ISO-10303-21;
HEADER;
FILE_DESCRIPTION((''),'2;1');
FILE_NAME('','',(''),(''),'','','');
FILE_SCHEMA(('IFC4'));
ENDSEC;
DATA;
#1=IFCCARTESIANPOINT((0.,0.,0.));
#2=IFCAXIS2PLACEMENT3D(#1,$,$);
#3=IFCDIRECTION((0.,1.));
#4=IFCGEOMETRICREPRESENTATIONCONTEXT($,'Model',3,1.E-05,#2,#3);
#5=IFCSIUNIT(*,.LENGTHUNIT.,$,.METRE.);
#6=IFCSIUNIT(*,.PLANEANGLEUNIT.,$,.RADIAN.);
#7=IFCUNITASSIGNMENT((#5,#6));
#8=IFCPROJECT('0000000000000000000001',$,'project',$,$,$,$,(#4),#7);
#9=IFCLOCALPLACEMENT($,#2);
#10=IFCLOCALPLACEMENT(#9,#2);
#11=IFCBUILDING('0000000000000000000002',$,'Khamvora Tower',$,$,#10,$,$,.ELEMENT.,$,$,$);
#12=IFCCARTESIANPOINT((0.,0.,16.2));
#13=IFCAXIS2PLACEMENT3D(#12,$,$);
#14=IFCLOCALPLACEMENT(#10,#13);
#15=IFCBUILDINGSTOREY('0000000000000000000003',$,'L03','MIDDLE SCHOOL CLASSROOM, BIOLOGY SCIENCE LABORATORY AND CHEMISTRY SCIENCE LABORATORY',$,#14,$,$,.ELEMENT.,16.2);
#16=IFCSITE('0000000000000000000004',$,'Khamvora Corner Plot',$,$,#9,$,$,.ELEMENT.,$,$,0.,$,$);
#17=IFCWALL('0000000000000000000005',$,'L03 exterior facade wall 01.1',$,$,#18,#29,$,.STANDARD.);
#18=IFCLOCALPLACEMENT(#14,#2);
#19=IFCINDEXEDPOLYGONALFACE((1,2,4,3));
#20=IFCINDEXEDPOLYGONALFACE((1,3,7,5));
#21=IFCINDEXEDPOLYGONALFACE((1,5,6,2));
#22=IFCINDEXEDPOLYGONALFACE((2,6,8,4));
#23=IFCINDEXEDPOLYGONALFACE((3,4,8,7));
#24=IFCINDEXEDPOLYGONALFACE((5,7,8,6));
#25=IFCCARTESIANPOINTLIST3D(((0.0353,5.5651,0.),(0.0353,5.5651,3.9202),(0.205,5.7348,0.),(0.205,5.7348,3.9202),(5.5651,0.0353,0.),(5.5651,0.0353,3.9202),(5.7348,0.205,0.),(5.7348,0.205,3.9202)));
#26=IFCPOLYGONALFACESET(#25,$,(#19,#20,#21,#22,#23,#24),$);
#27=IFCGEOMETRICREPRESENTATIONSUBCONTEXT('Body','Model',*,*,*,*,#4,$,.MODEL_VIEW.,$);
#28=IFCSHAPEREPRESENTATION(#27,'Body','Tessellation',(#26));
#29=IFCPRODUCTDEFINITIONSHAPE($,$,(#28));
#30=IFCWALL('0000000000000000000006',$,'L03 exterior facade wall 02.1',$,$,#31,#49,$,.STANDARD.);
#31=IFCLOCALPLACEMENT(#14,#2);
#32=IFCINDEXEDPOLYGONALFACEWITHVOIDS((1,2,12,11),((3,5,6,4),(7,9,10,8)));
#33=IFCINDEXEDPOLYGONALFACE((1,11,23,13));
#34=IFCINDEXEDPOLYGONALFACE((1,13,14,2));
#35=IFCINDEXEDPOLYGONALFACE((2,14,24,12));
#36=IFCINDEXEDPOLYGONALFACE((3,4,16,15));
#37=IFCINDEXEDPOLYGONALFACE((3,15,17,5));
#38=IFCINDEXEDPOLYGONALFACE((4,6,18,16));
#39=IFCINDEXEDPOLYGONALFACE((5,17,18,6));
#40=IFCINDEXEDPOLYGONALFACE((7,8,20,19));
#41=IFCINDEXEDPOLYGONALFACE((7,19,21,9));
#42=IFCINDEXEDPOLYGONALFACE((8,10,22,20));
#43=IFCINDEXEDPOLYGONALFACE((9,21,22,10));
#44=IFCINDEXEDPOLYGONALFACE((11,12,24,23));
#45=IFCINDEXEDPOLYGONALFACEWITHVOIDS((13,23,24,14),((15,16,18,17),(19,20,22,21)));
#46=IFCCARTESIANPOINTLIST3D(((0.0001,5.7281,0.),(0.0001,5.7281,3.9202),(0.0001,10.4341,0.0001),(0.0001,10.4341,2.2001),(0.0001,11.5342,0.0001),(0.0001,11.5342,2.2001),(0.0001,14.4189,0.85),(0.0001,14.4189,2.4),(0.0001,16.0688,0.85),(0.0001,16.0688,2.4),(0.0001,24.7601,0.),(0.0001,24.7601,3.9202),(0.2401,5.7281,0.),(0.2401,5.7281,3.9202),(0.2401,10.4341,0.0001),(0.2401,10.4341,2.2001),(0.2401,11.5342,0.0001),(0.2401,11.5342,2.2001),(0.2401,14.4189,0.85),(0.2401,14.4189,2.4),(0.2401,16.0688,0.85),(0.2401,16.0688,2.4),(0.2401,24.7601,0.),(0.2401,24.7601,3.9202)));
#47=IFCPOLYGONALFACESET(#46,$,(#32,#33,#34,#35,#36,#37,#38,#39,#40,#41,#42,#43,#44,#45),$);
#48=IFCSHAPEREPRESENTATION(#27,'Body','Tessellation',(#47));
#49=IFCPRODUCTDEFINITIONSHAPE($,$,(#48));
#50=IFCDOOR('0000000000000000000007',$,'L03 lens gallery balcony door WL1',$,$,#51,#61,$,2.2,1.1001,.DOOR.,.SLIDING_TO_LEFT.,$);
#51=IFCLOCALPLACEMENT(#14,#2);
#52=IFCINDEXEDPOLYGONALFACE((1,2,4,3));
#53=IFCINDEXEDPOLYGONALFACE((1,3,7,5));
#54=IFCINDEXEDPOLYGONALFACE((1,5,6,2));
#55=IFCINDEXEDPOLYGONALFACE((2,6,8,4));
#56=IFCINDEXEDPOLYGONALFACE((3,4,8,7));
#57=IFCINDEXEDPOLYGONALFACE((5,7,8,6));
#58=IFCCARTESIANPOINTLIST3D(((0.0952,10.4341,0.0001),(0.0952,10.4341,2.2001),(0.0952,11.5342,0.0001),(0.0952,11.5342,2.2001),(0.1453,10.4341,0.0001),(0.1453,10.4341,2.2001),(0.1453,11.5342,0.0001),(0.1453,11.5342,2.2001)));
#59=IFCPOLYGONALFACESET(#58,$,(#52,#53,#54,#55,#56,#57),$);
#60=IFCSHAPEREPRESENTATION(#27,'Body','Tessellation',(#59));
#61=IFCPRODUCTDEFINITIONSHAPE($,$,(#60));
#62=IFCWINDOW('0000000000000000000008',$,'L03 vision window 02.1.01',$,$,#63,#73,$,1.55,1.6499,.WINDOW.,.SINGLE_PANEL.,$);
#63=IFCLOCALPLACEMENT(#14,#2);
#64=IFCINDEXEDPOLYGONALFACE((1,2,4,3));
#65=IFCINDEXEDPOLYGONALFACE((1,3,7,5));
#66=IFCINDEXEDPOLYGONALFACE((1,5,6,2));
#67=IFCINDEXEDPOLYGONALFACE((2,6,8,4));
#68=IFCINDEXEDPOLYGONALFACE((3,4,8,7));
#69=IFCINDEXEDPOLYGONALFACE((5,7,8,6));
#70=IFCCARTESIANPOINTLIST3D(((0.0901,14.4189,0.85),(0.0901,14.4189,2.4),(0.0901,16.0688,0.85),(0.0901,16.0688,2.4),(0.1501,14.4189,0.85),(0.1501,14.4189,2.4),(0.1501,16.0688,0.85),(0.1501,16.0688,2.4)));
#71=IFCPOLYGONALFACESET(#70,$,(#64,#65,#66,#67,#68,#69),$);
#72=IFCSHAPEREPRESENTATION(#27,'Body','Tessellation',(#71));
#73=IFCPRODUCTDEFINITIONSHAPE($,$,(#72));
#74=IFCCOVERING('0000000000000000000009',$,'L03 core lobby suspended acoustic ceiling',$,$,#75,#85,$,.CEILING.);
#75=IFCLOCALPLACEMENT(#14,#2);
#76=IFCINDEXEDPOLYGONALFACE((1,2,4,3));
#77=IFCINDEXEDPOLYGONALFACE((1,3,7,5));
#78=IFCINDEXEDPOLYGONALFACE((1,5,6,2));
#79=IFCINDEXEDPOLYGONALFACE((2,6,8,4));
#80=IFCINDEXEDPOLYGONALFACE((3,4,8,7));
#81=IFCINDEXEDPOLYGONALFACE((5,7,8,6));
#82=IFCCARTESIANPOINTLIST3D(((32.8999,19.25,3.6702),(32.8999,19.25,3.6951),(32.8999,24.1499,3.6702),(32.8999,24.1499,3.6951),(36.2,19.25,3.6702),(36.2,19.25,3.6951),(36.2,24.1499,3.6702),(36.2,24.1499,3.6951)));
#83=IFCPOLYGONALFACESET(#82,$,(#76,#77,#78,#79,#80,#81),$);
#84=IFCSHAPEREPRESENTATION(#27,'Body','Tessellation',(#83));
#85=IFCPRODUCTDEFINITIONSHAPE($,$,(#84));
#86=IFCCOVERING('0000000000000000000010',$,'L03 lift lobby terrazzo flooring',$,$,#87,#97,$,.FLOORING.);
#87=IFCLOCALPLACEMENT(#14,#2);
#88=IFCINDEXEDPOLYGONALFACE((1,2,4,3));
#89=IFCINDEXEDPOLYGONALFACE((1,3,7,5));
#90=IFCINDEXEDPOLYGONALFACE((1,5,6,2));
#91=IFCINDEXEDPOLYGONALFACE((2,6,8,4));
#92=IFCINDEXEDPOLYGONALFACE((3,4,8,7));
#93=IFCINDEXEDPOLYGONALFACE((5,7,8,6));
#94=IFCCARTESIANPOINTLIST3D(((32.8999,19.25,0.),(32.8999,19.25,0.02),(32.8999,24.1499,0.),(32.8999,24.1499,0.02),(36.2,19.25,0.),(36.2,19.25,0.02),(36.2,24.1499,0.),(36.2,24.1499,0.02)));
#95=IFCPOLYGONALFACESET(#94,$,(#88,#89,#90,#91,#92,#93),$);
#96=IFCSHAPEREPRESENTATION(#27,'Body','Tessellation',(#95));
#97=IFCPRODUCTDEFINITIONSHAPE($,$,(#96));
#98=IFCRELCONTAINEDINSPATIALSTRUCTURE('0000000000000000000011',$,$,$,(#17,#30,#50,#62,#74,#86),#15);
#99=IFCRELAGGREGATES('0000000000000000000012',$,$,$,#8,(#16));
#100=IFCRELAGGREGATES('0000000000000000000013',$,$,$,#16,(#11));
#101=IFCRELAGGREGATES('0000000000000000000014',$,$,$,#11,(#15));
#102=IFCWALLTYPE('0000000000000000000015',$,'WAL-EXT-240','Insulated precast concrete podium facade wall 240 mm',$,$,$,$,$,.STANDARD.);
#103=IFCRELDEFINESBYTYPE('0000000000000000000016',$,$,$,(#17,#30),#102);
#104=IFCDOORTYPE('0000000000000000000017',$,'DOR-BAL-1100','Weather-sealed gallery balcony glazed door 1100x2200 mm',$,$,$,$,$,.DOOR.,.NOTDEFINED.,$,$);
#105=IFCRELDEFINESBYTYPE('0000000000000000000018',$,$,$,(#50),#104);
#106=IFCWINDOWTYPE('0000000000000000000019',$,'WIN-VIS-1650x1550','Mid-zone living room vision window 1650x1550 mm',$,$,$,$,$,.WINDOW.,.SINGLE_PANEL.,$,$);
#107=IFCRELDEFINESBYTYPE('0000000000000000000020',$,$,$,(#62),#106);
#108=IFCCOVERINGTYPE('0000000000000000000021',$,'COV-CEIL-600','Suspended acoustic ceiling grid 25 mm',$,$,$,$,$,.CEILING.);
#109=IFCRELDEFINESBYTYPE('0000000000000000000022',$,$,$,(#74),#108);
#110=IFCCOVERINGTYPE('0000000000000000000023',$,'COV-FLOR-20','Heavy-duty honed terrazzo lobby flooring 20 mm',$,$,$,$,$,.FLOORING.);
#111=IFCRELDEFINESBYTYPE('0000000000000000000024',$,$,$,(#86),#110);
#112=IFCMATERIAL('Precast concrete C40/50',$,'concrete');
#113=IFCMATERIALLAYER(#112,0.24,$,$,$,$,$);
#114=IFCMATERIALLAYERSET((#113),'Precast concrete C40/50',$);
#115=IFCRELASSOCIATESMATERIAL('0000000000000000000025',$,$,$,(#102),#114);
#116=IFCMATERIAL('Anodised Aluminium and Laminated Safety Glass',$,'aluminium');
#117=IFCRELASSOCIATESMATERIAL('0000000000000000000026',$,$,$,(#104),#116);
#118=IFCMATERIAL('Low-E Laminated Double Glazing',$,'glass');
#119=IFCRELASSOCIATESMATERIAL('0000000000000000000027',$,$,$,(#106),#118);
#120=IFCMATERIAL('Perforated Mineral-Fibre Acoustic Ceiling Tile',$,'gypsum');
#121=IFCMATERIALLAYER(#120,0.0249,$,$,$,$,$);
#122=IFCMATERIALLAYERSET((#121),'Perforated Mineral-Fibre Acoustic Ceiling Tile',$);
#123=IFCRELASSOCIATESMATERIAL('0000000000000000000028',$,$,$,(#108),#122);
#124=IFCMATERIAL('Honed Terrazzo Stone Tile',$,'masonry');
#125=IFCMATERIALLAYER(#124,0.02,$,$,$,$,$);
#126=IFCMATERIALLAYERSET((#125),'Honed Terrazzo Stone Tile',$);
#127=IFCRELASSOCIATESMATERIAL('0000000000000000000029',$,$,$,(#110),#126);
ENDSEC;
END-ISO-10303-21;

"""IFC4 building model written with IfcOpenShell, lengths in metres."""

from ifc_helpers import new_model, si_unit, direction, frame, frame_2d, origin, place, context, subcontext, project, spatial, polyline, rectangle, outline, extrude, material, layer, layer_set, type_object, element, fill, save


model = new_model("IFC4")

# Units and contexts
model_context = context("Model", 3, precision=1e-05, world=origin(), true_north=direction((0.0, 1.0)))
body_context = subcontext(model_context, "Body", "Model", "MODEL_VIEW")
ifc_project = project(units=[si_unit("LENGTHUNIT", "METRE"), si_unit("PLANEANGLEUNIT", "RADIAN")], contexts=[model_context])

# Site, building, storey
site_placement = place(None, origin())
site = spatial("IfcSite", under=ifc_project, at=site_placement, Name="Khamvora Corner Plot", CompositionType="ELEMENT", RefElevation=0.0)
building_placement = place(site_placement, origin())
building = spatial("IfcBuilding", under=site, at=building_placement, Name="Khamvora Tower", CompositionType="ELEMENT")
storey_placement = place(building_placement, frame((0.0, 0.0, 16.2)))
storey = spatial("IfcBuildingStorey", under=building, at=storey_placement, Name="L03", Description="MIDDLE SCHOOL CLASSROOM, BIOLOGY SCIENCE LABORATORY AND CHEMISTRY SCIENCE LABORATORY", CompositionType="ELEMENT", Elevation=16.2)

# Wall
ifc_material_1 = material(Name="Precast concrete C40/50", Category="concrete")
ifc_layer_1 = layer(ifc_material_1, 0.24)
ifc_layer_set_1 = layer_set([ifc_layer_1], Name="Precast concrete C40/50")
wall_type = type_object("IfcWallType", Name="WAL-EXT-240", Description="Insulated precast concrete podium facade wall 240 mm", PredefinedType="STANDARD", material=ifc_layer_set_1)
wall_1_placement = place(storey_placement, frame((5.6499, 0.1201, 0.0), z_axis=(0.0, 0.0, 1.0), x_axis=(-0.707107, 0.707107, 0.0)))
element("IfcWall", 1, at=wall_1_placement, inside=storey, type_object=wall_type, Name="L03 exterior facade wall 01.1", PredefinedType="STANDARD", context=body_context, shape_type="SweptSolid", body=[
    extrude(rectangle(XDim=7.8203, YDim=0.24, at=frame_2d((3.9102, 0.0))), origin(), (0.0, 0.0, 1.0), 3.9202),
])

# Wall, openings, door, window
wall_2_placement = place(storey_placement, frame((0.1201, 5.728, 0.0), z_axis=(0.0, 0.0, 1.0), x_axis=(0.0, 1.0, 0.0)))
wall_2 = element("IfcWall", 2, at=wall_2_placement, inside=storey, type_object=wall_type, Name="L03 exterior facade wall 02.1", PredefinedType="STANDARD", context=body_context, shape_type="SweptSolid", body=[
    extrude(rectangle(XDim=19.032, YDim=0.24, at=frame_2d((9.5161, 0.0))), origin(), (0.0, 0.0, 1.0), 3.9202),
])
opening_1_placement = place(wall_2_placement, frame((4.7061, 0.0, 0.0)))
opening_1 = element("IfcOpeningElement", 3, at=opening_1_placement, cuts=wall_2, PredefinedType="OPENING", context=body_context, shape_type="SweptSolid", body=[
    extrude(rectangle(XDim=1.1001, YDim=2.2, at=frame_2d((0.55, 1.1001))), frame((0.0, 0.1299, 0.0), z_axis=(0.0, -1.0, 0.0), x_axis=(1.0, 0.0, 0.0)), (0.0, 0.0, 1.0), 0.26),
])
opening_2_placement = place(wall_2_placement, frame((8.6909, 0.0, 0.8501)))
opening_2 = element("IfcOpeningElement", 4, at=opening_2_placement, cuts=wall_2, PredefinedType="OPENING", context=body_context, shape_type="SweptSolid", body=[
    extrude(rectangle(XDim=1.6499, YDim=1.55, at=frame_2d((0.825, 0.7749))), frame((0.0, 0.1299, 0.0), z_axis=(0.0, -1.0, 0.0), x_axis=(1.0, 0.0, 0.0)), (0.0, 0.0, 1.0), 0.26),
])
ifc_material_2 = material(Name="Anodised Aluminium and Laminated Safety Glass", Category="aluminium")
door_type = type_object("IfcDoorType", Name="DOR-BAL-1100", Description="Weather-sealed gallery balcony glazed door 1100x2200 mm", OperationType="NOTDEFINED", PredefinedType="DOOR", material=ifc_material_2)
door_placement = place(opening_1_placement, origin())
door = element("IfcDoor", 5, at=door_placement, inside=storey, type_object=door_type, Name="L03 lens gallery balcony door WL1", OperationType="SLIDING_TO_LEFT", OverallHeight=2.2, OverallWidth=1.1001, PredefinedType="DOOR", context=body_context, shape_type="SweptSolid", body=[
    extrude(rectangle(XDim=1.1001, YDim=2.2, at=frame_2d((0.55, 1.1001))), frame((0.0, 0.0249, 0.0), z_axis=(0.0, -1.0, 0.0), x_axis=(1.0, 0.0, 0.0)), (0.0, 0.0, 1.0), 0.05),
])
fill(opening_1, door)
ifc_material_3 = material(Name="Low-E Laminated Double Glazing", Category="glass")
window_type = type_object("IfcWindowType", Name="WIN-VIS-1650x1550", Description="Mid-zone living room vision window 1650x1550 mm", PartitioningType="SINGLE_PANEL", PredefinedType="WINDOW", material=ifc_material_3)
window_placement = place(opening_2_placement, origin())
window = element("IfcWindow", 6, at=window_placement, inside=storey, type_object=window_type, Name="L03 vision window 02.1.01", OverallHeight=1.55, OverallWidth=1.6499, PartitioningType="SINGLE_PANEL", PredefinedType="WINDOW", context=body_context, shape_type="SweptSolid", body=[
    extrude(rectangle(XDim=1.6499, YDim=1.55, at=frame_2d((0.825, 0.7749))), frame((0.0, 0.03, 0.0), z_axis=(0.0, -1.0, 0.0), x_axis=(1.0, 0.0, 0.0)), (0.0, 0.0, 1.0), 0.0601),
])
fill(opening_2, window)

# Coverings
ifc_material_4 = material(Name="Perforated Mineral-Fibre Acoustic Ceiling Tile", Category="gypsum")
ifc_layer_2 = layer(ifc_material_4, 0.0249)
ifc_layer_set_2 = layer_set([ifc_layer_2], Name="Perforated Mineral-Fibre Acoustic Ceiling Tile")
covering_type_1 = type_object("IfcCoveringType", Name="COV-CEIL-600", Description="Suspended acoustic ceiling grid 25 mm", PredefinedType="CEILING", material=ifc_layer_set_2)
covering_1_placement = place(storey_placement, frame((0.0, 0.0, 3.6702)))
element("IfcCovering", 7, at=covering_1_placement, inside=storey, type_object=covering_type_1, Name="L03 core lobby suspended acoustic ceiling", PredefinedType="CEILING", context=body_context, shape_type="SweptSolid", body=[
    extrude(outline(polyline([(32.8999, 19.25), (36.2, 19.25), (36.2, 24.1499), (32.8999, 24.1499), (32.8999, 19.25)])), origin(), (0.0, 0.0, 1.0), 0.0249),
])
ifc_material_5 = material(Name="Honed Terrazzo Stone Tile", Category="masonry")
ifc_layer_3 = layer(ifc_material_5, 0.02)
ifc_layer_set_3 = layer_set([ifc_layer_3], Name="Honed Terrazzo Stone Tile")
covering_type_2 = type_object("IfcCoveringType", Name="COV-FLOR-20", Description="Heavy-duty honed terrazzo lobby flooring 20 mm", PredefinedType="FLOORING", material=ifc_layer_set_3)
covering_2_placement = place(storey_placement, origin())
element("IfcCovering", 8, at=covering_2_placement, inside=storey, type_object=covering_type_2, Name="L03 lift lobby terrazzo flooring", PredefinedType="FLOORING", context=body_context, shape_type="SweptSolid", body=[
    extrude(outline(polyline([(32.8999, 19.25), (36.2, 19.25), (36.2, 24.1499), (32.8999, 24.1499), (32.8999, 19.25)])), origin(), (0.0, 0.0, 1.0), 0.02),
])

save(model, "model.ifc")
